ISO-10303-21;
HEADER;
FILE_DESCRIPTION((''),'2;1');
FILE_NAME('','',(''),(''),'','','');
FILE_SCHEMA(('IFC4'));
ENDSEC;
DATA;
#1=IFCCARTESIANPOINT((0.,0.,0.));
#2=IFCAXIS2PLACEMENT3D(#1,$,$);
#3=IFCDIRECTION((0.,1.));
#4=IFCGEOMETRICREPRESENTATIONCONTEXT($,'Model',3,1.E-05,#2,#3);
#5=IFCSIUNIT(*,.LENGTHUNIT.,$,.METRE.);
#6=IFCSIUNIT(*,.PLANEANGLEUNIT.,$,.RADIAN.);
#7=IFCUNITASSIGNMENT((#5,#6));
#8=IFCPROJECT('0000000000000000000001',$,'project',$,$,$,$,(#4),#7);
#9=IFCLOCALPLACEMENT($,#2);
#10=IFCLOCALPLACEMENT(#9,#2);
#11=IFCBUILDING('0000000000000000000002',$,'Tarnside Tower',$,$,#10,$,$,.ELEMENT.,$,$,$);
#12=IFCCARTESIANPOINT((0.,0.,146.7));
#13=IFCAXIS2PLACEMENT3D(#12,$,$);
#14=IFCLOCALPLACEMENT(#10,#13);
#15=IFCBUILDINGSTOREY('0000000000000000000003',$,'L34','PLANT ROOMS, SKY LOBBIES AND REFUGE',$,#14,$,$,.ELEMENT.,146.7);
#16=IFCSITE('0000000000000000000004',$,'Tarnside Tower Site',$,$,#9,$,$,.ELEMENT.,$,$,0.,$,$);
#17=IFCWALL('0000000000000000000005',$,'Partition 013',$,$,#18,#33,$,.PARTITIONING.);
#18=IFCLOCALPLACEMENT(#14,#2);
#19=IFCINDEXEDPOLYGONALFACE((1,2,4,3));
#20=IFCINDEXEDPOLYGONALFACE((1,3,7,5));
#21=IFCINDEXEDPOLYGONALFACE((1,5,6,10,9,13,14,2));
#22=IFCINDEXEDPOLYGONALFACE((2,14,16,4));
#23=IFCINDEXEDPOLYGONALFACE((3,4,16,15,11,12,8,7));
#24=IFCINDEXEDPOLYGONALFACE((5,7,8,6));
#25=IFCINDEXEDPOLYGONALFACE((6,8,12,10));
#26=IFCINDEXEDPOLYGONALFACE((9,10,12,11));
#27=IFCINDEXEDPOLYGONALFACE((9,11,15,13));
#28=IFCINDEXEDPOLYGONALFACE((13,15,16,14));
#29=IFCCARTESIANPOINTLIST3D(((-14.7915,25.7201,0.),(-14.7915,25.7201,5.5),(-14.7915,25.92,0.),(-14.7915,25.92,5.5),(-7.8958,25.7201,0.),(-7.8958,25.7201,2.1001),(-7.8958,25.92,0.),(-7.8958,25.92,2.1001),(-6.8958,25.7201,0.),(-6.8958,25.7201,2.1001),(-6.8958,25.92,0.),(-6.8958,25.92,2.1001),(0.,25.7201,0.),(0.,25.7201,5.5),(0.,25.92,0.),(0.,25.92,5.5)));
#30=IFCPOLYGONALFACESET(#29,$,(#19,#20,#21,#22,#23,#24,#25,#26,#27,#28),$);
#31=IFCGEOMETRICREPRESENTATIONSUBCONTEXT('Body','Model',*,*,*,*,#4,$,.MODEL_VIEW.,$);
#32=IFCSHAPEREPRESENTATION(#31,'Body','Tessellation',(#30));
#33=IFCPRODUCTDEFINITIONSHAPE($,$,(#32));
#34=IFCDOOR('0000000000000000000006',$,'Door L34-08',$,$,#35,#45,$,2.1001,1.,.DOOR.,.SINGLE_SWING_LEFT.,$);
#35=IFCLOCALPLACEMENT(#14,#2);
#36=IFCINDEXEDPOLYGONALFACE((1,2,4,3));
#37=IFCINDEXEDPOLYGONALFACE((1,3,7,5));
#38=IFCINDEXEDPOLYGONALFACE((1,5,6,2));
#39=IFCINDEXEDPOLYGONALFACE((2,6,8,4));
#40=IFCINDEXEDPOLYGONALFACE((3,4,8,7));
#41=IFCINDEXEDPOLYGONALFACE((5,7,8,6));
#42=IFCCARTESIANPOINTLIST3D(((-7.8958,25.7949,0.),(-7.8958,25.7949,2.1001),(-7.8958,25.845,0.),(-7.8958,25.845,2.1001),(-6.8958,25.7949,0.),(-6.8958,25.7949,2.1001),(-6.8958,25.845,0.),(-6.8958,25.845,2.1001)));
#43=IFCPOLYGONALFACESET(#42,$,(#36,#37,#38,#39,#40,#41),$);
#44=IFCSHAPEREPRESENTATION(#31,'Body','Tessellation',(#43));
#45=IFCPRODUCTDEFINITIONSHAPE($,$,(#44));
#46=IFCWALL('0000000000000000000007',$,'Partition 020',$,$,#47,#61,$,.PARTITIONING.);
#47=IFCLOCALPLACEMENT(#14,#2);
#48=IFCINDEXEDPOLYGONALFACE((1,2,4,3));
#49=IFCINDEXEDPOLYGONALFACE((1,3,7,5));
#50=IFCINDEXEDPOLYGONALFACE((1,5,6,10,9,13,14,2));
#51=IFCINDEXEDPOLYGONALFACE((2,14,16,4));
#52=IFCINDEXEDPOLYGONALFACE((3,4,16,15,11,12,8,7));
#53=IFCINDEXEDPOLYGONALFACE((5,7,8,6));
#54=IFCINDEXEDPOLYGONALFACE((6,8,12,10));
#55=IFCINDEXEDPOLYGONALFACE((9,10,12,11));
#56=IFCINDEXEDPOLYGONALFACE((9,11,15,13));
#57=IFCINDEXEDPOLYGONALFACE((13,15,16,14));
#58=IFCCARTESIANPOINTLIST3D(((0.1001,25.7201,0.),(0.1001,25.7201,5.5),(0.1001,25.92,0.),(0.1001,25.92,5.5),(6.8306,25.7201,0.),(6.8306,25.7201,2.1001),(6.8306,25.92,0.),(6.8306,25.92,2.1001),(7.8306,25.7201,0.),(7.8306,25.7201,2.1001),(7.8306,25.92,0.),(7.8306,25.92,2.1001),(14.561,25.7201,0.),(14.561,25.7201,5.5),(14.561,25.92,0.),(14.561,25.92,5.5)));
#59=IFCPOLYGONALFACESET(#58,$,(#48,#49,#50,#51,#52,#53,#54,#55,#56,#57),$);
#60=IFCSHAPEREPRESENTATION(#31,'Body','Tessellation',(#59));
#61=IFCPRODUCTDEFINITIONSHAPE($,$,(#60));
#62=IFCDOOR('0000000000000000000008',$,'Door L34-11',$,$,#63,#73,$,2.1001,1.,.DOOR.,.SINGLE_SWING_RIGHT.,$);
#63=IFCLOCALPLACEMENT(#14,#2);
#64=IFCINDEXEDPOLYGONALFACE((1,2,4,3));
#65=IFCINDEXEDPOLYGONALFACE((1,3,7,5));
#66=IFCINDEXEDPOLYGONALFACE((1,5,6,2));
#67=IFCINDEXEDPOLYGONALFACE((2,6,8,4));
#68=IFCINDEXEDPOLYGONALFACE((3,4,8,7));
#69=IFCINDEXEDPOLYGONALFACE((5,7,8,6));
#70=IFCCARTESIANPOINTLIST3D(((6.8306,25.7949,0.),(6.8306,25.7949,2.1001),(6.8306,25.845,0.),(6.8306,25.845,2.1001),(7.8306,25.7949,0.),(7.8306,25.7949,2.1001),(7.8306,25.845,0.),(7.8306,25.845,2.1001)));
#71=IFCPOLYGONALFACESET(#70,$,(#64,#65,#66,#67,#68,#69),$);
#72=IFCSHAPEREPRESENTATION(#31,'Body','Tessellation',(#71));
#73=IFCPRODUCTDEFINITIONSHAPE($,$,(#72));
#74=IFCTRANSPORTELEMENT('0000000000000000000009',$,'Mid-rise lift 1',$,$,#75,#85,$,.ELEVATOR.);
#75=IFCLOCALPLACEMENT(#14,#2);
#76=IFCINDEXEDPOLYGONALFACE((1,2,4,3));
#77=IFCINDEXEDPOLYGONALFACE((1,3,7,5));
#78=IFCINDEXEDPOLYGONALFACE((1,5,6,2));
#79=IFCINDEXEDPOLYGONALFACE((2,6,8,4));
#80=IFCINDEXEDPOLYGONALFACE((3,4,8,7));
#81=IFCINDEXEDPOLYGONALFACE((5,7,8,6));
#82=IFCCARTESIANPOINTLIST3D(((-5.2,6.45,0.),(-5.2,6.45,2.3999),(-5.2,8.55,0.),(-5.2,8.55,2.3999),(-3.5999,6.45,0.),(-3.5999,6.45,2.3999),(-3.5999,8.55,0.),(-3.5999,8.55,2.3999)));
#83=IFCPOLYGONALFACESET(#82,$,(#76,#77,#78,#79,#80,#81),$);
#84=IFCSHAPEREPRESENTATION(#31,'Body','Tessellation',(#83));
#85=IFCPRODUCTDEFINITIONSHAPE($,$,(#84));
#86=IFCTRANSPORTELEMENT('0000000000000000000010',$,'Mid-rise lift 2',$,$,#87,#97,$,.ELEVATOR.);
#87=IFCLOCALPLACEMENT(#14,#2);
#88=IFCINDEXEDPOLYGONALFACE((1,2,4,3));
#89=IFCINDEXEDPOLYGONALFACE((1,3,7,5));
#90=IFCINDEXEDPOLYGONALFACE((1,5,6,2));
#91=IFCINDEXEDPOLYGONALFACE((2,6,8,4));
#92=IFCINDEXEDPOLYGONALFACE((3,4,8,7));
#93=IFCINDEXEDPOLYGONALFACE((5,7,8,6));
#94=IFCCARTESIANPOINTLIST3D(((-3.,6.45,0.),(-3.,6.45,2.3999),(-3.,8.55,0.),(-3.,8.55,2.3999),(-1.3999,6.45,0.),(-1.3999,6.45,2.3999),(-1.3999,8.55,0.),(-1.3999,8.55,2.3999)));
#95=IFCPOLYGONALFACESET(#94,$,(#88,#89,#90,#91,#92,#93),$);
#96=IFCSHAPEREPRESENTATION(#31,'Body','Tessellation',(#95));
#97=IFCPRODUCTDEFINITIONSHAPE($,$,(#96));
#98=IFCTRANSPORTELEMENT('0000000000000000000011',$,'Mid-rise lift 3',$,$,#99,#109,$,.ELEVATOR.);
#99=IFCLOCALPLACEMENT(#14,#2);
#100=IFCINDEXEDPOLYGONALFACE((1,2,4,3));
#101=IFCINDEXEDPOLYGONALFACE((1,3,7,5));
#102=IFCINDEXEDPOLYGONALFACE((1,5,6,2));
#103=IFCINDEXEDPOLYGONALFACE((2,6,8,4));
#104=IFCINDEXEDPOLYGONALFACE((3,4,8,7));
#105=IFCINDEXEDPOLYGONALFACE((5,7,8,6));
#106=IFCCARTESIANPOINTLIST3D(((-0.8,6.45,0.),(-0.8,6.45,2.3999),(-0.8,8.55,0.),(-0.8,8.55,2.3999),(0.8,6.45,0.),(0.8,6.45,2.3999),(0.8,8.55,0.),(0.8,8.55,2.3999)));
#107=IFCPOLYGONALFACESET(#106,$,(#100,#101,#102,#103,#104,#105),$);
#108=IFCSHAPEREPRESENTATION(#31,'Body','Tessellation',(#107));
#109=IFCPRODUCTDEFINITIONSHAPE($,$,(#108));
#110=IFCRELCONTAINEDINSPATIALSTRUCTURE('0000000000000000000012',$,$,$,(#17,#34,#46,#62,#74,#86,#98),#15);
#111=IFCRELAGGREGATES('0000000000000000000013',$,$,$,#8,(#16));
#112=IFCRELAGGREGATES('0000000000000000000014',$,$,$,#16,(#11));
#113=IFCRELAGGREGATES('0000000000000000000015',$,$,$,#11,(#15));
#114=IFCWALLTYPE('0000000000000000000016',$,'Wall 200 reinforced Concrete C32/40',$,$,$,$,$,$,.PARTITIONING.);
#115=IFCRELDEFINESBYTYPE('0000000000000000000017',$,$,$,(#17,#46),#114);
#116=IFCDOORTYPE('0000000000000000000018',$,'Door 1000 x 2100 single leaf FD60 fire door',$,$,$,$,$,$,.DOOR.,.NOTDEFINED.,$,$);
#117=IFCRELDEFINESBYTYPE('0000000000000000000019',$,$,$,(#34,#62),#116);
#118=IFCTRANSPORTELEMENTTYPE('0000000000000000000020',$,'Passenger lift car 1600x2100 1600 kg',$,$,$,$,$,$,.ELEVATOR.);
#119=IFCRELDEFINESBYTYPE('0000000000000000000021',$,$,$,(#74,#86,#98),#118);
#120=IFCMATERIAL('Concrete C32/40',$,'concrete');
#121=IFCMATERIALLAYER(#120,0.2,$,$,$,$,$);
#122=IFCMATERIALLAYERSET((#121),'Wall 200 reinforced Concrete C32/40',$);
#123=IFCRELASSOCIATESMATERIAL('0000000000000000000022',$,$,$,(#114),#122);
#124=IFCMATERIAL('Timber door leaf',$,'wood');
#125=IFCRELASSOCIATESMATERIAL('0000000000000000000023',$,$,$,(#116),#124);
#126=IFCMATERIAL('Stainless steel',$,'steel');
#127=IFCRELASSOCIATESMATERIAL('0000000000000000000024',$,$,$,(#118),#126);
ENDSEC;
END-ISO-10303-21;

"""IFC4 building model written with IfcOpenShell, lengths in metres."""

from ifc_helpers import new_model, si_unit, direction, frame, frame_2d, origin, origin_2d, place, context, subcontext, project, spatial, rectangle, extrude, material, layer, layer_set, type_object, element, fill, save


model = new_model("IFC4")

# Units and contexts
model_context = context("Model", 3, precision=1e-05, world=origin(), true_north=direction((0.0, 1.0)))
body_context = subcontext(model_context, "Body", "Model", "MODEL_VIEW")
ifc_project = project(units=[si_unit("LENGTHUNIT", "METRE"), si_unit("PLANEANGLEUNIT", "RADIAN")], contexts=[model_context])

# Site, building, storey
site_placement = place(None, origin())
site = spatial("IfcSite", under=ifc_project, at=site_placement, Name="Tarnside Tower Site", CompositionType="ELEMENT", RefElevation=0.0)
building_placement = place(site_placement, origin())
building = spatial("IfcBuilding", under=site, at=building_placement, Name="Tarnside Tower", CompositionType="ELEMENT")
storey_placement = place(building_placement, frame((0.0, 0.0, 146.7)))
storey = spatial("IfcBuildingStorey", under=building, at=storey_placement, Name="L34", Description="PLANT ROOMS, SKY LOBBIES AND REFUGE", CompositionType="ELEMENT", Elevation=146.7)

# Walls, openings, doors
ifc_material_1 = material(Name="Concrete C32/40", Category="concrete")
ifc_layer_1 = layer(ifc_material_1, 0.2)
ifc_layer_set_1 = layer_set([ifc_layer_1], Name="Wall 200 reinforced Concrete C32/40")
wall_type_1 = type_object("IfcWallType", Name="Wall 200 reinforced Concrete C32/40", PredefinedType="PARTITIONING", material=ifc_layer_set_1)
ifc_material_2 = material(Name="Timber door leaf", Category="wood")
wall_1_placement = place(storey_placement, frame((-14.7915, 25.8201, 0.0), z_axis=(0.0, 0.0, 1.0), x_axis=(1.0, 0.0, 0.0)))
wall_1 = element("IfcWall", 1, at=wall_1_placement, inside=storey, type_object=wall_type_1, Name="Partition 013", PredefinedType="PARTITIONING", context=body_context, shape_type="SweptSolid", body=[
    extrude(rectangle(XDim=14.7915, YDim=0.2, at=frame_2d((7.3958, 0.0))), origin(), (0.0, 0.0, 1.0), 5.5),
])
opening_1_placement = place(wall_1_placement, frame((6.8958, 0.0, 0.0)))
opening_1 = element("IfcOpeningElement", 2, at=opening_1_placement, cuts=wall_1, PredefinedType="OPENING", context=body_context, shape_type="SweptSolid", body=[
    extrude(rectangle(XDim=1.0, YDim=2.1001, at=frame_2d((0.5, 1.05))), frame((0.0, 0.1099, 0.0), z_axis=(0.0, -1.0, 0.0), x_axis=(1.0, 0.0, 0.0)), (0.0, 0.0, 1.0), 0.22),
])
door_type_1 = type_object("IfcDoorType", Name="Door 1000 x 2100 single leaf FD60 fire door", OperationType="NOTDEFINED", PredefinedType="DOOR", material=ifc_material_2)
door_1_placement = place(opening_1_placement, origin())
door_1 = element("IfcDoor", 3, at=door_1_placement, inside=storey, type_object=door_type_1, Name="Door L34-08", OperationType="SINGLE_SWING_LEFT", OverallHeight=2.1001, OverallWidth=1.0, PredefinedType="DOOR", context=body_context, shape_type="SweptSolid", body=[
    extrude(rectangle(XDim=1.0, YDim=2.1001, at=frame_2d((0.5, 1.05))), frame((0.0, 0.0249, 0.0), z_axis=(0.0, -1.0, 0.0), x_axis=(1.0, 0.0, 0.0)), (0.0, 0.0, 1.0), 0.05),
])
fill(opening_1, door_1)
wall_2_placement = place(storey_placement, frame((0.1001, 25.8201, 0.0), z_axis=(0.0, 0.0, 1.0), x_axis=(1.0, 0.0, 0.0)))
wall_2 = element("IfcWall", 4, at=wall_2_placement, inside=storey, type_object=wall_type_1, Name="Partition 020", PredefinedType="PARTITIONING", context=body_context, shape_type="SweptSolid", body=[
    extrude(rectangle(XDim=14.4609, YDim=0.2, at=frame_2d((7.2305, 0.0))), origin(), (0.0, 0.0, 1.0), 5.5),
])
opening_2_placement = place(wall_2_placement, frame((6.7305, 0.0, 0.0)))
opening_2 = element("IfcOpeningElement", 5, at=opening_2_placement, cuts=wall_2, PredefinedType="OPENING", context=body_context, shape_type="SweptSolid", body=[
    extrude(rectangle(XDim=1.0, YDim=2.1001, at=frame_2d((0.5, 1.05))), frame((0.0, 0.1099, 0.0), z_axis=(0.0, -1.0, 0.0), x_axis=(1.0, 0.0, 0.0)), (0.0, 0.0, 1.0), 0.22),
])
door_2_placement = place(opening_2_placement, origin())
door_2 = element("IfcDoor", 6, at=door_2_placement, inside=storey, type_object=door_type_1, Name="Door L34-11", OperationType="SINGLE_SWING_RIGHT", OverallHeight=2.1001, OverallWidth=1.0, PredefinedType="DOOR", context=body_context, shape_type="SweptSolid", body=[
    extrude(rectangle(XDim=1.0, YDim=2.1001, at=frame_2d((0.5, 1.05))), frame((0.0, 0.0249, 0.0), z_axis=(0.0, -1.0, 0.0), x_axis=(1.0, 0.0, 0.0)), (0.0, 0.0, 1.0), 0.05),
])
fill(opening_2, door_2)

# Transport elements
ifc_material_3 = material(Name="Stainless steel", Category="steel")
transport_element_type = type_object("IfcTransportElementType", Name="Passenger lift car 1600x2100 1600 kg", PredefinedType="ELEVATOR", material=ifc_material_3)
for number, where, z_axis, x_axis, name in (
    (7, (-4.3999, 7.5, 0.0), (0.0, 0.0, 1.0), (1.0, 0.0, 0.0), "Mid-rise lift 1"),
    (8, (-2.2, 7.5, 0.0), (0.0, 0.0, 1.0), (1.0, 0.0, 0.0), "Mid-rise lift 2"),
    (9, (0.0, 7.5, 0.0), (0.0, 0.0, 1.0), (1.0, 0.0, 0.0), "Mid-rise lift 3"),
):
    element("IfcTransportElement", number, at=place(storey_placement, frame(where, z_axis=z_axis, x_axis=x_axis)), inside=storey, type_object=transport_element_type, Name=name, PredefinedType="ELEVATOR", context=body_context, shape_type="SweptSolid", body=[
        extrude(rectangle(XDim=1.6001, YDim=2.1001, at=origin_2d()), origin(), (0.0, 0.0, 1.0), 2.3999),
    ])

save(model, "model.ifc")
